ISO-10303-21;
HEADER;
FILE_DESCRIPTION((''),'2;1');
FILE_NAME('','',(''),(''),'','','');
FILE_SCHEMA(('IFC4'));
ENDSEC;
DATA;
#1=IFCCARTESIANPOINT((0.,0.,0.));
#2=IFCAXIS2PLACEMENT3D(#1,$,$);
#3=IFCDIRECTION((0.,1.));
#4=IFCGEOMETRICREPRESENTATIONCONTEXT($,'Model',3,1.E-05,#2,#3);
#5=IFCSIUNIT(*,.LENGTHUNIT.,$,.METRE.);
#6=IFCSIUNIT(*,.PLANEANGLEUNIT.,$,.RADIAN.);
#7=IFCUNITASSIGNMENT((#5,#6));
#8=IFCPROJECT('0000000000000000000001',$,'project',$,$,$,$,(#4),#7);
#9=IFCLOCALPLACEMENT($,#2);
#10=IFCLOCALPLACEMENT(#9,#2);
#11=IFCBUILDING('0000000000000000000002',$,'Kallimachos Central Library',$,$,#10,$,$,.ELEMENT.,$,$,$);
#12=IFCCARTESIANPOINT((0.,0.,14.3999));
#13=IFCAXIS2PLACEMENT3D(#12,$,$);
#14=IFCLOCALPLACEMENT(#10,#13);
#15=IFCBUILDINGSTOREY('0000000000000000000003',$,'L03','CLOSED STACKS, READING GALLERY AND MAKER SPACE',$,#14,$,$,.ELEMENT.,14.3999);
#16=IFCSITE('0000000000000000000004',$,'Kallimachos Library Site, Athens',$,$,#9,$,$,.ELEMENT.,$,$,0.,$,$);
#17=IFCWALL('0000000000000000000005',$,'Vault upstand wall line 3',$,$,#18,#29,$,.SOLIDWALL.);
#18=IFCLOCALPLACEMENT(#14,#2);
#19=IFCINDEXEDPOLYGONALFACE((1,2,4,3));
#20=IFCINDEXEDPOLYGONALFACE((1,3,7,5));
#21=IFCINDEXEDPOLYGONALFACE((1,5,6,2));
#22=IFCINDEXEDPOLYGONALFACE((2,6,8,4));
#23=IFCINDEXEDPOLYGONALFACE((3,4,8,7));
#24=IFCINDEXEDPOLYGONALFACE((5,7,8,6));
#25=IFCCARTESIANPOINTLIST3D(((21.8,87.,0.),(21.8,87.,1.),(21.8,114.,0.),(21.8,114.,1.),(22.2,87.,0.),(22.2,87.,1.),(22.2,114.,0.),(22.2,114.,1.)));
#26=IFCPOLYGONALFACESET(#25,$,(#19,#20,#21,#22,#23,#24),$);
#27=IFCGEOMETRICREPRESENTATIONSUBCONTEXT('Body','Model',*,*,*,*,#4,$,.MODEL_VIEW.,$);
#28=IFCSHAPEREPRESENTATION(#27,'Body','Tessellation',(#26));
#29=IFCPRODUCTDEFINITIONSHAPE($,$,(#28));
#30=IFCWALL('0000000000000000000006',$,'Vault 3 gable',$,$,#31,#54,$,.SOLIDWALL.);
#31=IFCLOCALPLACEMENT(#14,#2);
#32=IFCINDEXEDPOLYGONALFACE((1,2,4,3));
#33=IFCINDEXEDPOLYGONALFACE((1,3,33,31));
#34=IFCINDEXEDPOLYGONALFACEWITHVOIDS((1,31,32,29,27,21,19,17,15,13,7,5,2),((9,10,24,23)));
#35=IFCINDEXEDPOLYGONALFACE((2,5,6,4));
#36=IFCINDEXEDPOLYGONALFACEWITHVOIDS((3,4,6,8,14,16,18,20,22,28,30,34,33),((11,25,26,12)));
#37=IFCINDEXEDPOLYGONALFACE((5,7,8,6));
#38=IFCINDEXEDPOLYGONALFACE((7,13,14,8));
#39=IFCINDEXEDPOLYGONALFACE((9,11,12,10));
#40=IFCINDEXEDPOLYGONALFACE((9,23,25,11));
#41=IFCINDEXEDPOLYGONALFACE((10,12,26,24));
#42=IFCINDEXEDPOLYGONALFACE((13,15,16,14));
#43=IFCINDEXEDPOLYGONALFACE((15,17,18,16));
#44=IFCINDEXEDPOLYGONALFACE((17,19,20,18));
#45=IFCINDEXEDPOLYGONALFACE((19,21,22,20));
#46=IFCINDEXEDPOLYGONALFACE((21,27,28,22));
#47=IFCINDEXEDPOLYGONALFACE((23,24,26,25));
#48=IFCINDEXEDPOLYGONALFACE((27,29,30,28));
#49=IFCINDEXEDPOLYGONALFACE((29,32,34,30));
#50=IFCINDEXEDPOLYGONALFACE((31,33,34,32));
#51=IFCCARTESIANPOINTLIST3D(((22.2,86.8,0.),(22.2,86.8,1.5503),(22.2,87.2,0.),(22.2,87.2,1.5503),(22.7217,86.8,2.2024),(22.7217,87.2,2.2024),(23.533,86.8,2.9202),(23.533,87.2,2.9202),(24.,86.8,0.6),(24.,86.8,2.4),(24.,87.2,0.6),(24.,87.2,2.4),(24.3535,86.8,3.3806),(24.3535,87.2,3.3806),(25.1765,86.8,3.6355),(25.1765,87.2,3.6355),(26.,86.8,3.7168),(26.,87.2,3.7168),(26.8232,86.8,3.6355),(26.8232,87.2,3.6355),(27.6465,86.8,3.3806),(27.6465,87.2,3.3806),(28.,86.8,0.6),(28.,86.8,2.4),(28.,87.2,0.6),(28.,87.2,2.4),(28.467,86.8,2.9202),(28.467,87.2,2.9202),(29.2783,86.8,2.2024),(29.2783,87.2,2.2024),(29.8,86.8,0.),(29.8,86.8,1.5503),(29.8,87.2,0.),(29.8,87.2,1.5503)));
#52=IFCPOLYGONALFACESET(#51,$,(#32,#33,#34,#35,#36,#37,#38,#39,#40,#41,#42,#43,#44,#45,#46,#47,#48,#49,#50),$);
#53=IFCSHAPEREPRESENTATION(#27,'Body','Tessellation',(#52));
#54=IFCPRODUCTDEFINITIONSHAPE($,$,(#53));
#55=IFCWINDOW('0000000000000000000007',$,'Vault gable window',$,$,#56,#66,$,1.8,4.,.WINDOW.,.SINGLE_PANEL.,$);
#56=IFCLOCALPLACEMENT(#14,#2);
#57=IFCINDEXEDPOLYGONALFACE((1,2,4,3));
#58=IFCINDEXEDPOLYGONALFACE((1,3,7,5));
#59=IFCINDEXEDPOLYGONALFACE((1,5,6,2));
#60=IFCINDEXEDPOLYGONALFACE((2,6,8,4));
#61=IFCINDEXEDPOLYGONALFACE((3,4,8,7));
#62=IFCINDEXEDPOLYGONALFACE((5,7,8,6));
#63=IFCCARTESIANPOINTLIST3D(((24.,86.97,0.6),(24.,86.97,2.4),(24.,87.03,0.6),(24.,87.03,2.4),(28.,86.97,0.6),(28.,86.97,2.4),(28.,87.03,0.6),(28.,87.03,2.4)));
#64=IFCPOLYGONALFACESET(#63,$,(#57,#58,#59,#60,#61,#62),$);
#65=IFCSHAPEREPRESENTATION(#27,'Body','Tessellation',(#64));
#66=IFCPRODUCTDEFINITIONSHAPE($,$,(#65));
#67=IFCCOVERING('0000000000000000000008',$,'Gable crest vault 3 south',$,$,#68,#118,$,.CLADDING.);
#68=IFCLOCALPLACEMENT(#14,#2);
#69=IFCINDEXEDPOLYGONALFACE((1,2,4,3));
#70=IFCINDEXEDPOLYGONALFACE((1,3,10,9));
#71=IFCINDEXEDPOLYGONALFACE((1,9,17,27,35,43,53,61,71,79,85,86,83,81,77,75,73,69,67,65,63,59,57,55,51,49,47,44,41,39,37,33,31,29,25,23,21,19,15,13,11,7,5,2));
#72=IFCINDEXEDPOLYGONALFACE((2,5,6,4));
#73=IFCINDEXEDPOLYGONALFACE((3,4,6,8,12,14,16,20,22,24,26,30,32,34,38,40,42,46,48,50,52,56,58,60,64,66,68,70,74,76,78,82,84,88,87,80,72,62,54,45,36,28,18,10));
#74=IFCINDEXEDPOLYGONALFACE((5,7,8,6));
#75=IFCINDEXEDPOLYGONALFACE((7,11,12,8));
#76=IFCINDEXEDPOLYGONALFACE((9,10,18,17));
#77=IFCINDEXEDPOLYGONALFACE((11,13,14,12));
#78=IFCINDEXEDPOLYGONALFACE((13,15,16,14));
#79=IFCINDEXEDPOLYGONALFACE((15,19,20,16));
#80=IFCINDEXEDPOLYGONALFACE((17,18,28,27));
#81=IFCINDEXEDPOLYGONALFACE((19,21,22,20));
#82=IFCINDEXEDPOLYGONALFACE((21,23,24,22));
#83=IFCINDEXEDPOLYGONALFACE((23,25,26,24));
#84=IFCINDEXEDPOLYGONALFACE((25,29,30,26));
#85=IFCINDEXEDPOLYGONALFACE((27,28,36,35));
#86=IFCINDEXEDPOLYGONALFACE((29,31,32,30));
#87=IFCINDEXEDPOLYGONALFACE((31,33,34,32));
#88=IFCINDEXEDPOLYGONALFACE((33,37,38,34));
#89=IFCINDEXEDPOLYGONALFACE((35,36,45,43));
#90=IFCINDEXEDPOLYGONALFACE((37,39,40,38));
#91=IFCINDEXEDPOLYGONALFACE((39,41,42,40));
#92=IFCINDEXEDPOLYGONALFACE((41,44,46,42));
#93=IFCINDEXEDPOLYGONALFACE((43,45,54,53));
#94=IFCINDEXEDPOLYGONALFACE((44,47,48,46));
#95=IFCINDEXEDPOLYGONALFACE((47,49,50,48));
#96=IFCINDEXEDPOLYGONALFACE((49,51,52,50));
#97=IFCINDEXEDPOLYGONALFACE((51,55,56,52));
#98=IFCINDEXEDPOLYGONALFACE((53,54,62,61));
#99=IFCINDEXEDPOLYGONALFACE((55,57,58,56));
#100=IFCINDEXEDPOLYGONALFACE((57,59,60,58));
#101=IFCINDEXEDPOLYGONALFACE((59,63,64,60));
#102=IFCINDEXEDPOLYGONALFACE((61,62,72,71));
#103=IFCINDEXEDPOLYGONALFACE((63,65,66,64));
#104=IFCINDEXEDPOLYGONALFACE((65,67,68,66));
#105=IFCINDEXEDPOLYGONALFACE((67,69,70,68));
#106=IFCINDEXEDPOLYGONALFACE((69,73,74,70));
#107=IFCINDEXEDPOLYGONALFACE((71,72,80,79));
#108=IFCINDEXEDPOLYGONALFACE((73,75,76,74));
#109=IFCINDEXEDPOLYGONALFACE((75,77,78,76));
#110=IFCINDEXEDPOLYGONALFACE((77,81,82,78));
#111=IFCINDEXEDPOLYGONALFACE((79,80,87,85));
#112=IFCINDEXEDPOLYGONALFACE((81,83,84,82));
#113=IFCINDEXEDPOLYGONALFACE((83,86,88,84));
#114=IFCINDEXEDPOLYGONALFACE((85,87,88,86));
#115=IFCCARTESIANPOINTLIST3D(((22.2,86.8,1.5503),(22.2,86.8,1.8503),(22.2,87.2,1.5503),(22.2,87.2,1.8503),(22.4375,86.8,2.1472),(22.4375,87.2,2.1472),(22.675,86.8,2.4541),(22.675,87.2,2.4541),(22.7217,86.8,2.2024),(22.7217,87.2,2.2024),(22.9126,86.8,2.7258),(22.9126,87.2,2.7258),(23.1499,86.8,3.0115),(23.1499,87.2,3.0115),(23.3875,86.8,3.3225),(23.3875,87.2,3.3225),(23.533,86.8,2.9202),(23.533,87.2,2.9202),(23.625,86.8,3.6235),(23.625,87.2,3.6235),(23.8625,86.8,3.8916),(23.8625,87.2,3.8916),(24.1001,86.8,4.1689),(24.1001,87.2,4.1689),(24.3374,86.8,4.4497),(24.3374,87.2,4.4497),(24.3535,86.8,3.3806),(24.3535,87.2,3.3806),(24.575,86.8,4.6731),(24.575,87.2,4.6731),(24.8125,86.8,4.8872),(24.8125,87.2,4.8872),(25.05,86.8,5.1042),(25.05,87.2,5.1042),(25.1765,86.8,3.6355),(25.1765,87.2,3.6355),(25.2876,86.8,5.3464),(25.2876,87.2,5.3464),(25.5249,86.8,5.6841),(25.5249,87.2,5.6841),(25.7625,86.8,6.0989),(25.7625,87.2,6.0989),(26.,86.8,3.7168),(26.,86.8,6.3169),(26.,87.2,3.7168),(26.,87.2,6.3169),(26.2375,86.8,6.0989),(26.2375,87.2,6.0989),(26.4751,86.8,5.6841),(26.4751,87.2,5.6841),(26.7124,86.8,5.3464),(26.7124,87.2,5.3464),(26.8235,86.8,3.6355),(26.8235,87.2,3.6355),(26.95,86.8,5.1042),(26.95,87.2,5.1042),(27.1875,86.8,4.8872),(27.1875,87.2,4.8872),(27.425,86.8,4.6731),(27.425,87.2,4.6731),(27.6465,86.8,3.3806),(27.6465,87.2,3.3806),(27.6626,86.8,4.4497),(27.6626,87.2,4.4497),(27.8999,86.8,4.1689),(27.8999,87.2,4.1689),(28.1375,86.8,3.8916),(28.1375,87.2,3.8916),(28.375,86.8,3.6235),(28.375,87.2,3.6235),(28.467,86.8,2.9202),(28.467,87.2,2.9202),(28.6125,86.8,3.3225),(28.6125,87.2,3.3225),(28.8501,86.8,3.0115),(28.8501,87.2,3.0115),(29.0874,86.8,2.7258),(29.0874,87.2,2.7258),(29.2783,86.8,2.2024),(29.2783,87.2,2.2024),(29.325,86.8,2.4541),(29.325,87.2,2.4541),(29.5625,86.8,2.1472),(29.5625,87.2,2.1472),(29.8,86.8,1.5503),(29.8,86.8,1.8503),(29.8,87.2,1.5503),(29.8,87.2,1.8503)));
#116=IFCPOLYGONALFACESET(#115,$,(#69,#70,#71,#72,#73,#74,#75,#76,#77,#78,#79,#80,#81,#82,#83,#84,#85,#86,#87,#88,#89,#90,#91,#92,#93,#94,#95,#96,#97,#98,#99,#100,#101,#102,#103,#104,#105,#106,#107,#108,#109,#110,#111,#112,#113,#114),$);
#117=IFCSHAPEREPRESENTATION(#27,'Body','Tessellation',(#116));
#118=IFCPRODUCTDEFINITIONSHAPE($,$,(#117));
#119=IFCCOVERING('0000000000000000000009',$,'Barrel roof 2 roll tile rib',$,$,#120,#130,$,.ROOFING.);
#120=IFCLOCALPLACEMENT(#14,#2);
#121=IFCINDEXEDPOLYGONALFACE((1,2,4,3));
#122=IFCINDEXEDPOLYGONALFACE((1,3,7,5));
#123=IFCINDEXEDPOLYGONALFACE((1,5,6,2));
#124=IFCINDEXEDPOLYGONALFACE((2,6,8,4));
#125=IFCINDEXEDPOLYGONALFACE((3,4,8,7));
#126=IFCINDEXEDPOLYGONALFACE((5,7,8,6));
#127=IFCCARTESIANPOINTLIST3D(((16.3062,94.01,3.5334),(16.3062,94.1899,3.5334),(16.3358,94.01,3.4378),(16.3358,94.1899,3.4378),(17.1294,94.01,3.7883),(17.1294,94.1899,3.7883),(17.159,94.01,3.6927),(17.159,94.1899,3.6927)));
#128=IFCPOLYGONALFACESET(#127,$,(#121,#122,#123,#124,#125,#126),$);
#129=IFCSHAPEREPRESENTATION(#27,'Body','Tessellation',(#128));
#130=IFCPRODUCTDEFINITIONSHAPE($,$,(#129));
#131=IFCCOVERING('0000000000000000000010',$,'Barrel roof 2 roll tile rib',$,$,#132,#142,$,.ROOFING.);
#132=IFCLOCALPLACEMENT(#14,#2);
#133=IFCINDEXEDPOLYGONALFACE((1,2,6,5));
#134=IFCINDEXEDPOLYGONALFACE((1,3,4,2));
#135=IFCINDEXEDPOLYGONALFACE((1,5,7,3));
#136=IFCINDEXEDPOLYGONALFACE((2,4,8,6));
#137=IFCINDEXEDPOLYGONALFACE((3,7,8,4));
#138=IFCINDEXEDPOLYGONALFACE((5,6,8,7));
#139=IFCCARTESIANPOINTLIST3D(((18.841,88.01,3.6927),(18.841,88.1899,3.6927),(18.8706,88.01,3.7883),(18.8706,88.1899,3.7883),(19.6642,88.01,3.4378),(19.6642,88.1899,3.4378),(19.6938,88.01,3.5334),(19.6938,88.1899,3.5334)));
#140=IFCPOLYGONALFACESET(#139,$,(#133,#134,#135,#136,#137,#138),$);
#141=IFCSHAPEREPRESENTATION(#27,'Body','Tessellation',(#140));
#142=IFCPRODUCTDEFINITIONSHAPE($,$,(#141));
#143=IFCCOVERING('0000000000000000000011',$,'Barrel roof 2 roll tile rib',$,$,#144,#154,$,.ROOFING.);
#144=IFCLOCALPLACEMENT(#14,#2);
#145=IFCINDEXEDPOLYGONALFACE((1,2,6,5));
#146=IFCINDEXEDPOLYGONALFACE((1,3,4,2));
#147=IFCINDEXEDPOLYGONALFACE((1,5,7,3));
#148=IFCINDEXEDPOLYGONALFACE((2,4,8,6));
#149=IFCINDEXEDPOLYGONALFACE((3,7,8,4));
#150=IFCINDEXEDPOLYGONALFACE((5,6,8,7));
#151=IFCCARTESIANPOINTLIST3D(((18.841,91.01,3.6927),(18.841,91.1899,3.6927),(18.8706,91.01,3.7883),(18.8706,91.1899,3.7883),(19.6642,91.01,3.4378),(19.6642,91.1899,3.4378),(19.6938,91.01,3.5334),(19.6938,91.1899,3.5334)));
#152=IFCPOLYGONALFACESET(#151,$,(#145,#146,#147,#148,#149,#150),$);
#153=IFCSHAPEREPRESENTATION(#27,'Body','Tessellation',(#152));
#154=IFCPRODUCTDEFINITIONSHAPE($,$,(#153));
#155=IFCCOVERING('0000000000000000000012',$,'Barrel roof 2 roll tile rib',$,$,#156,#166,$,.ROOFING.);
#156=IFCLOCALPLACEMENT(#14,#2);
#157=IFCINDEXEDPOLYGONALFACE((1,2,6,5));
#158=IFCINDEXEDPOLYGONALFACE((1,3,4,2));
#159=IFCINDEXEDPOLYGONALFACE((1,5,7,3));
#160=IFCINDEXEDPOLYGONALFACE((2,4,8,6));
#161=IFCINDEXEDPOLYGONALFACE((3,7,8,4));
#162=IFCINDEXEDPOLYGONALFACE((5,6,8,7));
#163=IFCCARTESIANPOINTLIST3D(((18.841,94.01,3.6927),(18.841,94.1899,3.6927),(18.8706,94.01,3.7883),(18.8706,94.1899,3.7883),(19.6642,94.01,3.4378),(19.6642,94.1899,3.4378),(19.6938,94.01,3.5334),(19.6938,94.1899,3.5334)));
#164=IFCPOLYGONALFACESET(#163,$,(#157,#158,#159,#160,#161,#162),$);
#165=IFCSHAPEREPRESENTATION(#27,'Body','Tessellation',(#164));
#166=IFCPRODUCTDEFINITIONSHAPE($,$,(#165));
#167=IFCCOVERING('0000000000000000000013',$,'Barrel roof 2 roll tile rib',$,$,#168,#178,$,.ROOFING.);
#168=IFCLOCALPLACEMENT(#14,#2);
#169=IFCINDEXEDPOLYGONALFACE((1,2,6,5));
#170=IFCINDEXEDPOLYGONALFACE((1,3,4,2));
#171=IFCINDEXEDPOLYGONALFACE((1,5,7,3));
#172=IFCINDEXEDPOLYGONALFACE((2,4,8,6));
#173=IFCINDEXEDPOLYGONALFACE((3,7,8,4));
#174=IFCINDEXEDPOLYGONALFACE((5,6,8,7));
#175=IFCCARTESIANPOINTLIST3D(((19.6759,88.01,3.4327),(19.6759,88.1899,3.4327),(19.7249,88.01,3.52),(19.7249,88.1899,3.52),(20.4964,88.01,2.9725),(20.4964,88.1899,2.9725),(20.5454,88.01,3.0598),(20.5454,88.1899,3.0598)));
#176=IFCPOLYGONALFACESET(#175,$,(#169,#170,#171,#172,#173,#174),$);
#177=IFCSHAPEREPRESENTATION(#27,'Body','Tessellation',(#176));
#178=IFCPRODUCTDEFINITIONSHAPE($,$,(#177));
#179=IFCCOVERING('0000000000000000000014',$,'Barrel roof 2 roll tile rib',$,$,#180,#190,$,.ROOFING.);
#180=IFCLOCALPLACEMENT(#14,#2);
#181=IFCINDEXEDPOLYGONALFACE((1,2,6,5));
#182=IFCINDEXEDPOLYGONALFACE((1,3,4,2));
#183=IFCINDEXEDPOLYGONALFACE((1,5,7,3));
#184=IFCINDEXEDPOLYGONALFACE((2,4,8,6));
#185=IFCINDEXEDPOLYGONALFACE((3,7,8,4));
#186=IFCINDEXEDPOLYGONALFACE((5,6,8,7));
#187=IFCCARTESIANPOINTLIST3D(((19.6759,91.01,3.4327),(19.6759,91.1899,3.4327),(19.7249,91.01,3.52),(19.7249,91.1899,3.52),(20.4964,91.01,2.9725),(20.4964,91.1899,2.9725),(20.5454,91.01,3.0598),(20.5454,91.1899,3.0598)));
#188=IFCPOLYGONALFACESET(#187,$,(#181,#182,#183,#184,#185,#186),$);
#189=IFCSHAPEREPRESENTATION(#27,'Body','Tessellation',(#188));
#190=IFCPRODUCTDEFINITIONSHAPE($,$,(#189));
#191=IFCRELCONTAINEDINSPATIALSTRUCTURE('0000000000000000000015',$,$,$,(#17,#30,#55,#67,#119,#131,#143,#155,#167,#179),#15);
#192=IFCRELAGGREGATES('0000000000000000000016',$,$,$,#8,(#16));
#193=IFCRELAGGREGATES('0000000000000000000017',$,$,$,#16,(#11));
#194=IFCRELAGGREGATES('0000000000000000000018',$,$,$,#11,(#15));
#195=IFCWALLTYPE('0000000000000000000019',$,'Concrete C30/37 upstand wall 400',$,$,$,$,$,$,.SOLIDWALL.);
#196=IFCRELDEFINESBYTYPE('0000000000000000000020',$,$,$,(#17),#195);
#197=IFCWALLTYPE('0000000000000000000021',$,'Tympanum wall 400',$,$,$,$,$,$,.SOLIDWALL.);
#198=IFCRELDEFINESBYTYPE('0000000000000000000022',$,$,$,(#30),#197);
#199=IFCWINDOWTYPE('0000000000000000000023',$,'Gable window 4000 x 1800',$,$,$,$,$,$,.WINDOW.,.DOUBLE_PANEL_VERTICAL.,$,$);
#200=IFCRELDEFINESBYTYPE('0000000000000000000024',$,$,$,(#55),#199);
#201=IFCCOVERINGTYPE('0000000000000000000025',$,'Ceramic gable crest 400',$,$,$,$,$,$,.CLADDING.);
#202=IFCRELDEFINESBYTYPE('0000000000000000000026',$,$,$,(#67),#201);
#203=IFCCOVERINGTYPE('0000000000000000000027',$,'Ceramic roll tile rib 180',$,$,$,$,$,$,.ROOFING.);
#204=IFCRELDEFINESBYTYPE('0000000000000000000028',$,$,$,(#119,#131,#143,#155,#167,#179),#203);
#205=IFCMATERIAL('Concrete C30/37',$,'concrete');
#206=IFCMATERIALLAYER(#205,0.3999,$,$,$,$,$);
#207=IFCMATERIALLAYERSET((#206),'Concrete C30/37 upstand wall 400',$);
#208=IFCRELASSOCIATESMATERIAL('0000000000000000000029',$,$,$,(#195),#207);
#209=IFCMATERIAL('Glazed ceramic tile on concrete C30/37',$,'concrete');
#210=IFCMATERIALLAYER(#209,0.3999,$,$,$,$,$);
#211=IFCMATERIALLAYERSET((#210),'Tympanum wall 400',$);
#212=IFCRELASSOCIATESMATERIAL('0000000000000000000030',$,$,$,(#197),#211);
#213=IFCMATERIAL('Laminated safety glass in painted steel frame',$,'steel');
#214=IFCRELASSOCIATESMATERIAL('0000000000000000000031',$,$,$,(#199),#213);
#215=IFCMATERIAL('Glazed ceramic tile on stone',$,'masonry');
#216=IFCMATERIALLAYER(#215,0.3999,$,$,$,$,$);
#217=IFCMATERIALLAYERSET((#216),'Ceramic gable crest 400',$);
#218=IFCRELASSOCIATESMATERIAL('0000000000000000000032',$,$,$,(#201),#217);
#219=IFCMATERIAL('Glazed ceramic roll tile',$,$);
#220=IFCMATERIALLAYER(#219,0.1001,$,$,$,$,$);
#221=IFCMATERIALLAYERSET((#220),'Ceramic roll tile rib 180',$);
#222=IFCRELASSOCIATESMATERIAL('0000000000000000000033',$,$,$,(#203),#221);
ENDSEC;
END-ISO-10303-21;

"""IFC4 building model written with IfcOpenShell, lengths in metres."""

from ifc_helpers import new_model, si_unit, direction, frame, frame_2d, origin, place, context, subcontext, project, spatial, polyline, rectangle, outline, extrude, material, layer, layer_set, type_object, element, fill, save


model = new_model("IFC4")

# Units and contexts
model_context = context("Model", 3, precision=1e-05, world=origin(), true_north=direction((0.0, 1.0)))
body_context = subcontext(model_context, "Body", "Model", "MODEL_VIEW")
ifc_project = project(units=[si_unit("LENGTHUNIT", "METRE"), si_unit("PLANEANGLEUNIT", "RADIAN")], contexts=[model_context])

# Site, building, storey
site_placement = place(None, origin())
site = spatial("IfcSite", under=ifc_project, at=site_placement, Name="Kallimachos Library Site, Athens", CompositionType="ELEMENT", RefElevation=0.0)
building_placement = place(site_placement, origin())
building = spatial("IfcBuilding", under=site, at=building_placement, Name="Kallimachos Central Library", CompositionType="ELEMENT")
storey_placement = place(building_placement, frame((0.0, 0.0, 14.3999)))
storey = spatial("IfcBuildingStorey", under=building, at=storey_placement, Name="L03", Description="CLOSED STACKS, READING GALLERY AND MAKER SPACE", CompositionType="ELEMENT", Elevation=14.3999)

# Wall
ifc_material_1 = material(Name="Concrete C30/37", Category="concrete")
ifc_layer_1 = layer(ifc_material_1, 0.3999)
ifc_layer_set_1 = layer_set([ifc_layer_1], Name="Concrete C30/37 upstand wall 400")
wall_type_1 = type_object("IfcWallType", Name="Concrete C30/37 upstand wall 400", PredefinedType="SOLIDWALL", material=ifc_layer_set_1)
wall_1_placement = place(storey_placement, frame((22.0, 87.0, 0.0), z_axis=(0.0, 0.0, 1.0), x_axis=(0.0, 1.0, 0.0)))
element("IfcWall", 1, at=wall_1_placement, inside=storey, type_object=wall_type_1, Name="Vault upstand wall line 3", PredefinedType="SOLIDWALL", context=body_context, shape_type="SweptSolid", body=[
    extrude(rectangle(XDim=27.0, YDim=0.3999, at=frame_2d((13.5, 0.0))), origin(), (0.0, 0.0, 1.0), 1.0),
])

# Wall, opening, window
ifc_material_2 = material(Name="Glazed ceramic tile on concrete C30/37", Category="concrete")
ifc_layer_2 = layer(ifc_material_2, 0.3999)
ifc_layer_set_2 = layer_set([ifc_layer_2], Name="Tympanum wall 400")
wall_type_2 = type_object("IfcWallType", Name="Tympanum wall 400", PredefinedType="SOLIDWALL", material=ifc_layer_set_2)
wall_2_placement = place(storey_placement, frame((22.2, 87.0, 0.0), z_axis=(0.0, 0.0, 1.0), x_axis=(1.0, 0.0, 0.0)))
wall_2 = element("IfcWall", 2, at=wall_2_placement, inside=storey, type_object=wall_type_2, Name="Vault 3 gable", PredefinedType="SOLIDWALL", context=body_context, shape_type="SweptSolid", body=[
    extrude(outline(polyline([(0.0, 0.0), (7.6001, 0.0), (7.6001, 1.5503), (7.0784, 2.2024), (6.2671, 2.9202), (5.4465, 3.3806), (4.6233, 3.6355), (3.8, 3.7168), (2.9766, 3.6355), (2.1536, 3.3806), (1.333, 2.9202), (0.5217, 2.2024), (0.0, 1.5503), (0.0, 0.0)])), frame((0.0, 0.2, 0.0), z_axis=(0.0, -1.0, 0.0), x_axis=(1.0, 0.0, 0.0)), (0.0, 0.0, 1.0), 0.3999),
])
opening_placement = place(wall_2_placement, frame((1.8, 0.0, 0.6001)))
opening = element("IfcOpeningElement", 3, at=opening_placement, cuts=wall_2, PredefinedType="OPENING", context=body_context, shape_type="SweptSolid", body=[
    extrude(rectangle(XDim=4.0, YDim=1.8, at=frame_2d((2.0, 0.8999))), frame((0.0, 0.21, 0.0), z_axis=(0.0, -1.0, 0.0), x_axis=(1.0, 0.0, 0.0)), (0.0, 0.0, 1.0), 0.4199),
])
ifc_material_3 = material(Name="Laminated safety glass in painted steel frame", Category="steel")
window_type = type_object("IfcWindowType", Name="Gable window 4000 x 1800", PartitioningType="DOUBLE_PANEL_VERTICAL", PredefinedType="WINDOW", material=ifc_material_3)
window_placement = place(opening_placement, origin())
window = element("IfcWindow", 4, at=window_placement, inside=storey, type_object=window_type, Name="Vault gable window", OverallHeight=1.8, OverallWidth=4.0, PartitioningType="SINGLE_PANEL", PredefinedType="WINDOW", context=body_context, shape_type="SweptSolid", body=[
    extrude(rectangle(XDim=4.0, YDim=1.8, at=frame_2d((2.0, 0.8999))), frame((0.0, 0.03, 0.0), z_axis=(0.0, -1.0, 0.0), x_axis=(1.0, 0.0, 0.0)), (0.0, 0.0, 1.0), 0.0601),
])
fill(opening, window)

# Coverings
ifc_material_4 = material(Name="Glazed ceramic tile on stone", Category="masonry")
ifc_layer_3 = layer(ifc_material_4, 0.3999)
ifc_layer_set_3 = layer_set([ifc_layer_3], Name="Ceramic gable crest 400")
covering_type_1 = type_object("IfcCoveringType", Name="Ceramic gable crest 400", PredefinedType="CLADDING", material=ifc_layer_set_3)
covering_1_placement = place(storey_placement, frame((22.2, 86.8, 1.5503), z_axis=(0.0, -1.0, 0.0), x_axis=(0.624731, 0.0, 0.78084)))
element("IfcCovering", 5, at=covering_1_placement, inside=storey, type_object=covering_type_1, Name="Gable crest vault 3 south", PredefinedType="CLADDING", context=body_context, shape_type="SweptSolid", body=[
    extrude(outline(polyline([(0.0, 0.0), (0.8351, 0.0), (1.9024, -0.1851), (2.7746, -0.5381), (3.4878, -1.0215), (4.0657, -1.6137), (4.5167, -2.3076), (4.8318, -3.1094), (4.9849, -4.0378), (4.9313, -5.1197), (4.748, -5.9345), (4.9823, -5.747), (5.0657, -5.3761), (5.1569, -4.9989), (5.2207, -4.6436), (5.2955, -4.2799), (5.39, -3.9001), (5.4766, -3.5265), (5.5375, -3.1736), (5.6057, -2.8148), (5.6767, -2.4541), (5.7027, -2.1291), (5.7215, -1.8098), (5.7425, -1.4887), (5.7832, -1.1519), (5.8986, -0.7557), (6.0741, -0.3111), (6.096, 0.0106), (5.7773, 0.0599), (5.305, -0.0138), (4.8931, -0.0394), (4.5556, -0.0052), (4.2377, 0.0447), (3.9221, 0.0964), (3.5993, 0.1423), (3.2318, 0.1522), (2.8669, 0.1645), (2.5091, 0.1825), (2.1257, 0.1799), (1.7344, 0.1711), (1.3631, 0.1779), (1.0025, 0.1937), (0.6145, 0.1874), (0.2343, 0.1874), (0.0, 0.0)])), origin(), (0.0, 0.0, -1.0), 0.3999),
])
ifc_material_5 = material(Name="Glazed ceramic roll tile")
ifc_layer_4 = layer(ifc_material_5, 0.1001)
ifc_layer_set_4 = layer_set([ifc_layer_4], Name="Ceramic roll tile rib 180")
covering_type_2 = type_object("IfcCoveringType", Name="Ceramic roll tile rib 180", PredefinedType="ROOFING", material=ifc_layer_set_4)
for number, where, z_axis, x_axis, name in (
    (6, (16.3062, 94.01, 3.5334), (-0.295758, 0.0, 0.955263), (0.955263, 0.0, 0.295758), "Barrel roof 2 roll tile rib"),
    (7, (18.8706, 88.01, 3.7883), (0.295758, 0.0, 0.955263), (0.955263, 0.0, -0.295758), "Barrel roof 2 roll tile rib"),
    (8, (18.8706, 91.01, 3.7883), (0.295758, 0.0, 0.955263), (0.955263, 0.0, -0.295758), "Barrel roof 2 roll tile rib"),
    (9, (18.8706, 94.01, 3.7883), (0.295758, 0.0, 0.955263), (0.955263, 0.0, -0.295758), "Barrel roof 2 roll tile rib"),
):
    element("IfcCovering", number, at=place(storey_placement, frame(where, z_axis=z_axis, x_axis=x_axis)), inside=storey, type_object=covering_type_2, Name=name, PredefinedType="ROOFING", context=body_context, shape_type="SweptSolid", body=[
        extrude(outline(polyline([(0.0, 0.0), (0.8618, 0.0), (0.8618, 0.1799), (0.0, 0.1799), (0.0, 0.0)])), origin(), (0.0, 0.0, -1.0), 0.1001),
    ])
for number, where, z_axis, x_axis, name in (
    (10, (19.7249, 88.01, 3.52), (0.489164, 0.0, 0.872192), (0.872192, 0.0, -0.489164), "Barrel roof 2 roll tile rib"),
    (11, (19.7249, 91.01, 3.52), (0.489164, 0.0, 0.872192), (0.872192, 0.0, -0.489164), "Barrel roof 2 roll tile rib"),
):
    element("IfcCovering", number, at=place(storey_placement, frame(where, z_axis=z_axis, x_axis=x_axis)), inside=storey, type_object=covering_type_2, Name=name, PredefinedType="ROOFING", context=body_context, shape_type="SweptSolid", body=[
        extrude(outline(polyline([(0.0, 0.0), (0.9408, 0.0), (0.9408, 0.1799), (0.0, 0.1799), (0.0, 0.0)])), origin(), (0.0, 0.0, -1.0), 0.1001),
    ])

save(model, "model.ifc")
